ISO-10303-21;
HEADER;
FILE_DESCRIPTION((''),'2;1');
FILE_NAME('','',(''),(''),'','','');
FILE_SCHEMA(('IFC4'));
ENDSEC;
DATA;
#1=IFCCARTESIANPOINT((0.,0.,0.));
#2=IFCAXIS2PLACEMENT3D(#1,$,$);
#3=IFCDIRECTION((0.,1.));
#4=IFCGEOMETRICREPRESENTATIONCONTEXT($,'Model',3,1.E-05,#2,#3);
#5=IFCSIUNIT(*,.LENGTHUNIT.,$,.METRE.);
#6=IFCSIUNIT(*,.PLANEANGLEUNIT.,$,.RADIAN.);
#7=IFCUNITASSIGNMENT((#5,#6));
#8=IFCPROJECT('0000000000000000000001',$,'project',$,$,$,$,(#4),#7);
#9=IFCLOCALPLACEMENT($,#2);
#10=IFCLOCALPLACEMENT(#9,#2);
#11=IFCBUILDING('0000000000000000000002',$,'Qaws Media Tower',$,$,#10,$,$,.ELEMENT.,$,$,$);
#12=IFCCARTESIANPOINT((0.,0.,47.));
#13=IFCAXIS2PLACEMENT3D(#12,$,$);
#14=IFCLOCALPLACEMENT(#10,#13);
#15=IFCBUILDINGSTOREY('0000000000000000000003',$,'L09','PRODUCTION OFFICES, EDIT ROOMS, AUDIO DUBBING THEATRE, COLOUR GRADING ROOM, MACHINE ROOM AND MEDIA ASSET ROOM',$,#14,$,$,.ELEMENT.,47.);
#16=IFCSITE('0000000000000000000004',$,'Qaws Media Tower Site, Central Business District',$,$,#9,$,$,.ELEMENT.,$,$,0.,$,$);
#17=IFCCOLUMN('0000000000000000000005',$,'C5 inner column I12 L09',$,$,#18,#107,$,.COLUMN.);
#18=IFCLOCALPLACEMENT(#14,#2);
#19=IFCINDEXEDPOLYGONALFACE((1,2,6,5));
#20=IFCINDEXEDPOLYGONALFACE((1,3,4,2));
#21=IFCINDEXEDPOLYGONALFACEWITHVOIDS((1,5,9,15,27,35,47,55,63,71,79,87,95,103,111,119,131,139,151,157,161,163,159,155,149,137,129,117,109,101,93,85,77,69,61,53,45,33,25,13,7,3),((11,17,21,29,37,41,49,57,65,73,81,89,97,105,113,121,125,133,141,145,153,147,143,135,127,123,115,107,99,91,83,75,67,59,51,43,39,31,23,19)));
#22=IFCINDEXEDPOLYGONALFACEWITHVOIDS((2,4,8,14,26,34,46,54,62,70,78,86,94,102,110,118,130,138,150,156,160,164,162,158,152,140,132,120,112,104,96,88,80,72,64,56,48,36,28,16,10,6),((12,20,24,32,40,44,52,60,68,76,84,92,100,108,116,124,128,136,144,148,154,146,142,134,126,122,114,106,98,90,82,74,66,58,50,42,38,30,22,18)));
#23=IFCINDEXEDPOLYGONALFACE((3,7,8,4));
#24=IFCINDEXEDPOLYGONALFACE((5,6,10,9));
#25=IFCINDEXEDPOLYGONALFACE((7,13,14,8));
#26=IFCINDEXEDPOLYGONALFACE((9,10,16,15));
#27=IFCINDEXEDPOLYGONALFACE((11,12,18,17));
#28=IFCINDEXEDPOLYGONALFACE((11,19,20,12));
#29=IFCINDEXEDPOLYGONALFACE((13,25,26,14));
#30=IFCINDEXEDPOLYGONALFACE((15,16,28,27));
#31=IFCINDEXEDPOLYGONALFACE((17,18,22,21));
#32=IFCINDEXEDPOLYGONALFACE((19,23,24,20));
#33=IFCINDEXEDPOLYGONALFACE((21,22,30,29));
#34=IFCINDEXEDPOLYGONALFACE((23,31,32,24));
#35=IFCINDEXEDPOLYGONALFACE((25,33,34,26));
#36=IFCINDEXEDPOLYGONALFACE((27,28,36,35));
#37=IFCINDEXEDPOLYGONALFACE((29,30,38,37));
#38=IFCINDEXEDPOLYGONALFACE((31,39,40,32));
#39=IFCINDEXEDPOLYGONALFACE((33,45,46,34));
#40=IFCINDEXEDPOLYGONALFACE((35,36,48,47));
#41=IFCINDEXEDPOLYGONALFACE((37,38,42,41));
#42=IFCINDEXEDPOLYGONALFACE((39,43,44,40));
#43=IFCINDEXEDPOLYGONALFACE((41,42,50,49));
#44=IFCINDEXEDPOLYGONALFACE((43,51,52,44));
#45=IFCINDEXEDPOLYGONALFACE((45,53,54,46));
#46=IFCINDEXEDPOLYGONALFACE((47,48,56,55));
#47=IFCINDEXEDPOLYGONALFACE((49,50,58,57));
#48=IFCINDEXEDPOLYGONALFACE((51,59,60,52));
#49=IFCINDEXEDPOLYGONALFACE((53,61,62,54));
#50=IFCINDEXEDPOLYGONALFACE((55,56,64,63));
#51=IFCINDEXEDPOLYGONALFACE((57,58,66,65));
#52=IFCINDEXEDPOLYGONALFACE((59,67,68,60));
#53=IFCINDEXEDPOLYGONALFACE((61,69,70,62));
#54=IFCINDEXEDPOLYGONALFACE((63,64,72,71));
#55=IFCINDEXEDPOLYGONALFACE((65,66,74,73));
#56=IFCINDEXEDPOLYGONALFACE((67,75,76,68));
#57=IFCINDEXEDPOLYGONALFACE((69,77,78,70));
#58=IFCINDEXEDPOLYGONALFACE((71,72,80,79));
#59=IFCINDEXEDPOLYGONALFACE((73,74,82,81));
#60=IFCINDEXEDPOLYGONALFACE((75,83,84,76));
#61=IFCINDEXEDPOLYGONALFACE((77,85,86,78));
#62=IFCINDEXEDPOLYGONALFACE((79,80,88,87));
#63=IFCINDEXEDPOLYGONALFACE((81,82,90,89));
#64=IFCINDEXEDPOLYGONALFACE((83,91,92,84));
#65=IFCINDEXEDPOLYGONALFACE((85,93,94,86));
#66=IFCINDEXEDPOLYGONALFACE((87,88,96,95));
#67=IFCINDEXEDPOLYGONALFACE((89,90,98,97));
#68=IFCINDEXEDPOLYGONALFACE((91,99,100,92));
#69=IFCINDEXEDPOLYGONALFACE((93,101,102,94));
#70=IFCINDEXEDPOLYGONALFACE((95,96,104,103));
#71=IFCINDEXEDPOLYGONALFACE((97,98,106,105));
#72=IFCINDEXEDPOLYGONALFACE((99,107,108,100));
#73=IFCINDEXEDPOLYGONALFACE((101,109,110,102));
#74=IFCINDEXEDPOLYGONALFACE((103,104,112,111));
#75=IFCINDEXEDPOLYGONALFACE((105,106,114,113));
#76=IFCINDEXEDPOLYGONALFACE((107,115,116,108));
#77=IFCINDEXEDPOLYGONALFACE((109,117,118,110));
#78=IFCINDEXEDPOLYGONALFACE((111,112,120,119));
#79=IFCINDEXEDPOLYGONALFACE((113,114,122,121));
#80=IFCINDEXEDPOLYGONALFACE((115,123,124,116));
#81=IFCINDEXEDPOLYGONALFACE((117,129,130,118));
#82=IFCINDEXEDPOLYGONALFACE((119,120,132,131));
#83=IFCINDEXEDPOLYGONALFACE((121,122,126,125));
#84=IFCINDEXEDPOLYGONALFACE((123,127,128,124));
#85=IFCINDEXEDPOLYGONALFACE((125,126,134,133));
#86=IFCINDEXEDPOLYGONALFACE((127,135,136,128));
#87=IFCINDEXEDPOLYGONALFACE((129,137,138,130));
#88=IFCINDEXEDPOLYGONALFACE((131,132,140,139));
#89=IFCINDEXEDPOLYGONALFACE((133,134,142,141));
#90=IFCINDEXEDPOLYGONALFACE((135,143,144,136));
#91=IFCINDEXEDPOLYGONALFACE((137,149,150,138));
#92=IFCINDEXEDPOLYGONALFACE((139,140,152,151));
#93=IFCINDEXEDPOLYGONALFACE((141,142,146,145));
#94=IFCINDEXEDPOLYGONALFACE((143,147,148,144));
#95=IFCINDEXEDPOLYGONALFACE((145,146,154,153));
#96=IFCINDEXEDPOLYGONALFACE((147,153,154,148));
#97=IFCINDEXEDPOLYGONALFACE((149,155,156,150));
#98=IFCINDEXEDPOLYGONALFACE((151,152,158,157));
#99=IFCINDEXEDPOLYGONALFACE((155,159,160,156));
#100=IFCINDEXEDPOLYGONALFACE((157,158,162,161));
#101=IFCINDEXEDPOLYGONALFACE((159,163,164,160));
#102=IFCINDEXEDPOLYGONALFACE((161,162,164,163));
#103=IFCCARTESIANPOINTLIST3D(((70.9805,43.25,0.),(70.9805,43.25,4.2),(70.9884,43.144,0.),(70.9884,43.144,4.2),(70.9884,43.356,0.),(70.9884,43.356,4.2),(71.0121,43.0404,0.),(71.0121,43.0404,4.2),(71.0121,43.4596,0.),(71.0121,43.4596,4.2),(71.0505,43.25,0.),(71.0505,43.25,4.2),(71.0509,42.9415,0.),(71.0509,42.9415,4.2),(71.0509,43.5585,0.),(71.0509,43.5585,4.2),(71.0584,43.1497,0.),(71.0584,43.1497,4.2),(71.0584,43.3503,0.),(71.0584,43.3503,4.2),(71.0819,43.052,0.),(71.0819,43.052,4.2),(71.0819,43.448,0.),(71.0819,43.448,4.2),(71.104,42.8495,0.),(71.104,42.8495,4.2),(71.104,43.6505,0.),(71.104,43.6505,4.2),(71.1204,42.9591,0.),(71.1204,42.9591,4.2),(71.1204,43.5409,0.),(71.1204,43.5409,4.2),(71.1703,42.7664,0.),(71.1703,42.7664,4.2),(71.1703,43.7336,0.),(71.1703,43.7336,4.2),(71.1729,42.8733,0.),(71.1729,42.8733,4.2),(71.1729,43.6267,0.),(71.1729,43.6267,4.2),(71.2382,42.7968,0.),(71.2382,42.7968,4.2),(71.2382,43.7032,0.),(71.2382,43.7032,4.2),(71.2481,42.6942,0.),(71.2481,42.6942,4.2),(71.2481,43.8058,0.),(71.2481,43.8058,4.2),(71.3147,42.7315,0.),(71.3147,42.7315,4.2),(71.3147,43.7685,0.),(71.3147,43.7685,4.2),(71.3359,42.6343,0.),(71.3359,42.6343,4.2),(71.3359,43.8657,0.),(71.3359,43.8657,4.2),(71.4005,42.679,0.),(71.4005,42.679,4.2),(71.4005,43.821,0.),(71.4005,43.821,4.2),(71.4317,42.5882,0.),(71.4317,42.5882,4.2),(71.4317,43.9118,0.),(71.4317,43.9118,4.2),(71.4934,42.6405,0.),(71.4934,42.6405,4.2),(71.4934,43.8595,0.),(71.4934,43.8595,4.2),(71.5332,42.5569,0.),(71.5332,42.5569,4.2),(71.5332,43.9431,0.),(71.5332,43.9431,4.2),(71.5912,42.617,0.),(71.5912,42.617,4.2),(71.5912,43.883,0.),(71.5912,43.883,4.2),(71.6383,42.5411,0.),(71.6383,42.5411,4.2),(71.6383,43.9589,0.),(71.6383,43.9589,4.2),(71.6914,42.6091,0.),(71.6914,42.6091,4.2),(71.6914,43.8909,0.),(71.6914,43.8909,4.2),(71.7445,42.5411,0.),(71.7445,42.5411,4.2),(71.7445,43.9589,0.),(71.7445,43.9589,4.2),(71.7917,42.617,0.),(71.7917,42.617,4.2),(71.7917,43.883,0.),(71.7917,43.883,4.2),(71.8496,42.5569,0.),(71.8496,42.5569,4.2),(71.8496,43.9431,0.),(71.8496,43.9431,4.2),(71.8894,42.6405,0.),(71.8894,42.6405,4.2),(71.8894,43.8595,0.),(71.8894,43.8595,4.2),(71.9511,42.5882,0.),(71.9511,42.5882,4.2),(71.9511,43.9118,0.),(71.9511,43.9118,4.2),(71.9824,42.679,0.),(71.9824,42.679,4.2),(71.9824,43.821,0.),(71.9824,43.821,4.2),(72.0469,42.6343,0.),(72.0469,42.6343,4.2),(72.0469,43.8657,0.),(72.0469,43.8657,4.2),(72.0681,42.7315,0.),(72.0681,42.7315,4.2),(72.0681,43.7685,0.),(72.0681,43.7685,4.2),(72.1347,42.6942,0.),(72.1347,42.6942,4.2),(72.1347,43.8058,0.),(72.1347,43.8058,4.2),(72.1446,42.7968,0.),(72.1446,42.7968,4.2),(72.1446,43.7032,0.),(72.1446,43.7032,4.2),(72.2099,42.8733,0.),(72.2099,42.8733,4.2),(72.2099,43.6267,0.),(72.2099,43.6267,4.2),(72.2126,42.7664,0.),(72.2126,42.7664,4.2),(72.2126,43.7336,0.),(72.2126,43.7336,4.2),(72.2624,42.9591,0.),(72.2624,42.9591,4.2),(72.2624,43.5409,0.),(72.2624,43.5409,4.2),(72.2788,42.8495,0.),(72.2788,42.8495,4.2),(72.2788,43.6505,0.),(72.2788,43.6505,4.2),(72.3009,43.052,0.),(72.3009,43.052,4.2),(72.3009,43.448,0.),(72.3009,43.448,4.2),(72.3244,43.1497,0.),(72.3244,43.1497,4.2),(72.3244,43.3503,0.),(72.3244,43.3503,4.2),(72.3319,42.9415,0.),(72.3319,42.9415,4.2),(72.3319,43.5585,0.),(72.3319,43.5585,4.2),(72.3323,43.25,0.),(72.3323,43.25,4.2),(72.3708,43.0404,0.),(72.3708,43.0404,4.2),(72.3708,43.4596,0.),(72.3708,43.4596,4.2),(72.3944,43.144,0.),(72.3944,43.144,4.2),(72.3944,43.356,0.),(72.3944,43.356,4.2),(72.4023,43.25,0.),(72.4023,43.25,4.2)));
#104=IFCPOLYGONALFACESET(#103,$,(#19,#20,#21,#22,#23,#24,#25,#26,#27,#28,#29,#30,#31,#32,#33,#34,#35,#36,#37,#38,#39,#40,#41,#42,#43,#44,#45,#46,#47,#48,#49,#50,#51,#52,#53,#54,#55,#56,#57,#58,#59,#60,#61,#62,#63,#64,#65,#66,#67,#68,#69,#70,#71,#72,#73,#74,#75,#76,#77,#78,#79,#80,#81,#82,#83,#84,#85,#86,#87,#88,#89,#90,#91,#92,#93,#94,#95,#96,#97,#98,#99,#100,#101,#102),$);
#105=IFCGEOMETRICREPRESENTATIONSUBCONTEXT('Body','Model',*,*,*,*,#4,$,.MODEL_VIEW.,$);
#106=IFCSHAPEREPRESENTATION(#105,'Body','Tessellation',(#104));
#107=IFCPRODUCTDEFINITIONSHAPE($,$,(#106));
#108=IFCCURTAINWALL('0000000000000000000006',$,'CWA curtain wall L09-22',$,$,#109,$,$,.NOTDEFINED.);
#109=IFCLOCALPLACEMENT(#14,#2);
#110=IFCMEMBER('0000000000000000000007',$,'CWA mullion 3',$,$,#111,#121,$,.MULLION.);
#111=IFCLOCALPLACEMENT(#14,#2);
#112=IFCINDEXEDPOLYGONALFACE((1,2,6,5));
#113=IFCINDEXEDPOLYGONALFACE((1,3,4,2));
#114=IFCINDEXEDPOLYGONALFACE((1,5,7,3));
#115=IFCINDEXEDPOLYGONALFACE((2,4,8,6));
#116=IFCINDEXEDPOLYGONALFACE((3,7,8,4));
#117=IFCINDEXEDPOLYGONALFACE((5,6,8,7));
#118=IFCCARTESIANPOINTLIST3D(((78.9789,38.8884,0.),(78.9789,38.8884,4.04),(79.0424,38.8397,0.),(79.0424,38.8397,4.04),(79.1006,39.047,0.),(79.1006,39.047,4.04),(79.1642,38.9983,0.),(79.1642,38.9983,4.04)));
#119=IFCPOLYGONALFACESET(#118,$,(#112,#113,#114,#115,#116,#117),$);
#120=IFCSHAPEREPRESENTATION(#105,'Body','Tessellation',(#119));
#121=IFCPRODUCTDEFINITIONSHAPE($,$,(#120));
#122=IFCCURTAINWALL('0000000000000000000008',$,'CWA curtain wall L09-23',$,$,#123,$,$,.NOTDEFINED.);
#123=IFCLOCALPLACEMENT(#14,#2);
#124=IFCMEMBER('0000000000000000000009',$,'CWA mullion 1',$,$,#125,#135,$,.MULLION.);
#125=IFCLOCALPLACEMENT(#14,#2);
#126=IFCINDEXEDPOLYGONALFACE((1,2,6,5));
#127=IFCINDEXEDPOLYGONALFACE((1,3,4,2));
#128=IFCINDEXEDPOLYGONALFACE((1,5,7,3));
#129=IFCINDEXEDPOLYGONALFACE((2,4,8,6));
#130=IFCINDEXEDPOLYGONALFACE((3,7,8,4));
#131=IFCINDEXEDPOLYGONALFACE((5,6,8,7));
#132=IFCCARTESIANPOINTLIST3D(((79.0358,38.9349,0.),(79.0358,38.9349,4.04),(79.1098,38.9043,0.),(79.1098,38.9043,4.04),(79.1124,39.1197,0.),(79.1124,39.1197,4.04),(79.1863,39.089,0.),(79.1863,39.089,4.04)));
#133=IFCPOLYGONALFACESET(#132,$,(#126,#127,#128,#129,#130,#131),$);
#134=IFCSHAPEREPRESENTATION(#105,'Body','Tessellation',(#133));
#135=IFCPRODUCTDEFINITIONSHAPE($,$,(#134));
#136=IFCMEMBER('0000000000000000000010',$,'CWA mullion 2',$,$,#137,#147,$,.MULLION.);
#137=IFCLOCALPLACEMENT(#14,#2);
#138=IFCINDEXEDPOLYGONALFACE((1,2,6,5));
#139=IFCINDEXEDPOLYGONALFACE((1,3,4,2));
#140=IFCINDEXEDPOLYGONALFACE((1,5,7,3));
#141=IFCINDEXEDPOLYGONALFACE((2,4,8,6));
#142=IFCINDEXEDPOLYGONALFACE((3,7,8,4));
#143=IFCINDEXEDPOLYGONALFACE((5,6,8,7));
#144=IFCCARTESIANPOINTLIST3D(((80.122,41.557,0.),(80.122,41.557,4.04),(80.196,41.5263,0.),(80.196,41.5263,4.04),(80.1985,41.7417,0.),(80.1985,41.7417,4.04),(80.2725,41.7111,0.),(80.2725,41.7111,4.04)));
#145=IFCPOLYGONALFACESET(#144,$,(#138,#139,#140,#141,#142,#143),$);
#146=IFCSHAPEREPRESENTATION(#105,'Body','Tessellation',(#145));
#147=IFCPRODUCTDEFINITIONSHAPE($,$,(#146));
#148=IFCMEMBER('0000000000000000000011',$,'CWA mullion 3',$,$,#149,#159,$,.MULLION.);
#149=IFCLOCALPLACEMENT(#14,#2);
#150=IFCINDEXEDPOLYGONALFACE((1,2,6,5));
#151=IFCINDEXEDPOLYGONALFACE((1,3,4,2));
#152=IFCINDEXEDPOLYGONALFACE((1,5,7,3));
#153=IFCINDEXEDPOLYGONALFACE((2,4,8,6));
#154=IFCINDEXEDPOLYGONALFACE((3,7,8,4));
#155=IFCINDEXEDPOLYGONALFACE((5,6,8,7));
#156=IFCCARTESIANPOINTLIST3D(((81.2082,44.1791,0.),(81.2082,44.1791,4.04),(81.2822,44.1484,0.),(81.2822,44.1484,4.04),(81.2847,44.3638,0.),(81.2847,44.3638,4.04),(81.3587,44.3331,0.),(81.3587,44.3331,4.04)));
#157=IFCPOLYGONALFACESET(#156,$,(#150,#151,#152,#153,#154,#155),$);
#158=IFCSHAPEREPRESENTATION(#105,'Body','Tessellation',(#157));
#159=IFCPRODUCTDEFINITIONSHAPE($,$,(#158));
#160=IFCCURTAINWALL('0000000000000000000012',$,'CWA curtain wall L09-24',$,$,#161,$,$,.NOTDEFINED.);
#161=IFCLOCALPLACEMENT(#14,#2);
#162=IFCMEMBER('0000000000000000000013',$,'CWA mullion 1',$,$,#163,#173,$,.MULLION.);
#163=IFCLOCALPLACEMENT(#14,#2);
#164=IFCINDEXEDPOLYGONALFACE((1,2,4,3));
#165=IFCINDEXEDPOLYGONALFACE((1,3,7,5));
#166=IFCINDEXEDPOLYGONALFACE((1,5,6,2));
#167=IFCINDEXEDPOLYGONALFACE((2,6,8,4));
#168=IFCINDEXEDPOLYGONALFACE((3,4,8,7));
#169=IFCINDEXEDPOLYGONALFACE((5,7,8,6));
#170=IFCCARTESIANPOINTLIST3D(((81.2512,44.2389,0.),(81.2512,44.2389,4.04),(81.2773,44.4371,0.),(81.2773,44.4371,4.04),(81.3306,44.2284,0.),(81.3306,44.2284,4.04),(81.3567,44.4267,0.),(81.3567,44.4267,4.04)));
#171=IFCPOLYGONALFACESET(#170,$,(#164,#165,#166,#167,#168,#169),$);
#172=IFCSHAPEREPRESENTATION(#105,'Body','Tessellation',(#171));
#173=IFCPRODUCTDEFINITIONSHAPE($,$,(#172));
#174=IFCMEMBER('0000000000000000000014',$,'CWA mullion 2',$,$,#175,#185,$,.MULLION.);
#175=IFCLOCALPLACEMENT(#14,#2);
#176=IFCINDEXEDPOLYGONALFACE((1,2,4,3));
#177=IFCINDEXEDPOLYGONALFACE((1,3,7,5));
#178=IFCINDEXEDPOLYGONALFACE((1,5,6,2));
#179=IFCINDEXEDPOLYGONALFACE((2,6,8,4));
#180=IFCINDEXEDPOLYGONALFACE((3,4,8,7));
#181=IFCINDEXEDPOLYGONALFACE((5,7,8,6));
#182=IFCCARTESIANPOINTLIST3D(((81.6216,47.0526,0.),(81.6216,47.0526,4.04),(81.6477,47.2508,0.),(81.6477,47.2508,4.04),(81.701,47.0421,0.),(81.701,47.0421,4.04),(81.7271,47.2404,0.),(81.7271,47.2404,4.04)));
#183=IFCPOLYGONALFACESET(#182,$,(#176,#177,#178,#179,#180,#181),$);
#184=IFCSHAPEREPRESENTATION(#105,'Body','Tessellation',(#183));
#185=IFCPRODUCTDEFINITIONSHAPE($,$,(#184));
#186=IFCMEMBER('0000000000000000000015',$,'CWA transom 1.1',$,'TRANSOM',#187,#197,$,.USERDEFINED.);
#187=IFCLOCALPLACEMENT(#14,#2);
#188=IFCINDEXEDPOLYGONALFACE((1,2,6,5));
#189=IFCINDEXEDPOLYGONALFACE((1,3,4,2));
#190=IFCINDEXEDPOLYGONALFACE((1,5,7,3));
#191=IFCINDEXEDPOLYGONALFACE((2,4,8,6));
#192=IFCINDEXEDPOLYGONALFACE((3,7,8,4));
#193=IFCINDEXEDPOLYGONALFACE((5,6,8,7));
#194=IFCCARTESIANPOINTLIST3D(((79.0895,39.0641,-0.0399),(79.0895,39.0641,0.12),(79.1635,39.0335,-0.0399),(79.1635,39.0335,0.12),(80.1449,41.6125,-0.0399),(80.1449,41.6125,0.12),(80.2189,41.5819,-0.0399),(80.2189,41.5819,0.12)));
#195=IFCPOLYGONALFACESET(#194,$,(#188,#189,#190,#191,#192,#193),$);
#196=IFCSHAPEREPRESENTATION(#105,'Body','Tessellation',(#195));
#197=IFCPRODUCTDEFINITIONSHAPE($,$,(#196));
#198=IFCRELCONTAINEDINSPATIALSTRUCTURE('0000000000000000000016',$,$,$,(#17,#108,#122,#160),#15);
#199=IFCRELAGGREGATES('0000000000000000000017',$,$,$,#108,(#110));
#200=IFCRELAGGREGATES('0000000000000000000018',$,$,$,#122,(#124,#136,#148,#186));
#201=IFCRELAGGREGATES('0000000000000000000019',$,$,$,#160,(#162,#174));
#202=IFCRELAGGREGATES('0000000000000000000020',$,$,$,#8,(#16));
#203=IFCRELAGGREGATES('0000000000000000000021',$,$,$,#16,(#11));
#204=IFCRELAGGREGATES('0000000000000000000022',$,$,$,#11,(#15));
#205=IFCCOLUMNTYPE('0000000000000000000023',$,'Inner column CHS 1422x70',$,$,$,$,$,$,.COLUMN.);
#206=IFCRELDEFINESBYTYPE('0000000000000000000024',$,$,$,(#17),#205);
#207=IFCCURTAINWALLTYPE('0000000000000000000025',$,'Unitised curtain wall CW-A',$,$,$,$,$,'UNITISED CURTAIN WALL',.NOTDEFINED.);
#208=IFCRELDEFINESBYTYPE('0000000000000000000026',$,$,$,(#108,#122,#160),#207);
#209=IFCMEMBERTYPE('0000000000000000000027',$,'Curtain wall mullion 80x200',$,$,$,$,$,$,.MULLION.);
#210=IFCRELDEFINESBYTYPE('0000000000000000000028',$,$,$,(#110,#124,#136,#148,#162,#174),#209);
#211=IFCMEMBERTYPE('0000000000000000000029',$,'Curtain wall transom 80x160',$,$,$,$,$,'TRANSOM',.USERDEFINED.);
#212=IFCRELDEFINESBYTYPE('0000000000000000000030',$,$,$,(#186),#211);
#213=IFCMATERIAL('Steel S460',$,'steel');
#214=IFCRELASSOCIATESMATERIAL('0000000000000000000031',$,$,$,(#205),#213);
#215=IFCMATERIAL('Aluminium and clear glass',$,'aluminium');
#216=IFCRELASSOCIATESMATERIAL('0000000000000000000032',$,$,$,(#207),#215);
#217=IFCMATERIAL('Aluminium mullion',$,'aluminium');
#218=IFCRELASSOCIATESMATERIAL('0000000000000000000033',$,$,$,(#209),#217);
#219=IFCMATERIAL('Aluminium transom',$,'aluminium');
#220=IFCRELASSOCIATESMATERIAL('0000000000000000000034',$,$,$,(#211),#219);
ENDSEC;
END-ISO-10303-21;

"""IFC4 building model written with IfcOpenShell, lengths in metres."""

from ifc_helpers import new_model, si_unit, direction, frame, origin, origin_2d, place, context, subcontext, project, spatial, rectangle, hollow_circle, extrude, material, material_profile, profile_set, type_object, element, aggregate, save


model = new_model("IFC4")

# Units and contexts
model_context = context("Model", 3, precision=1e-05, world=origin(), true_north=direction((0.0, 1.0)))
body_context = subcontext(model_context, "Body", "Model", "MODEL_VIEW")
ifc_project = project(units=[si_unit("LENGTHUNIT", "METRE"), si_unit("PLANEANGLEUNIT", "RADIAN")], contexts=[model_context])

# Site, building, storey
site_placement = place(None, origin())
site = spatial("IfcSite", under=ifc_project, at=site_placement, Name="Qaws Media Tower Site, Central Business District", CompositionType="ELEMENT", RefElevation=0.0)
building_placement = place(site_placement, origin())
building = spatial("IfcBuilding", under=site, at=building_placement, Name="Qaws Media Tower", CompositionType="ELEMENT")
storey_placement = place(building_placement, frame((0.0, 0.0, 47.0)))
storey = spatial("IfcBuildingStorey", under=building, at=storey_placement, Name="L09", Description="PRODUCTION OFFICES, EDIT ROOMS, AUDIO DUBBING THEATRE, COLOUR GRADING ROOM, MACHINE ROOM AND MEDIA ASSET ROOM", CompositionType="ELEMENT", Elevation=47.0)

# Column
ifc_material_1 = material(Name="Steel S460", Category="steel")
ifc_material_profile_1 = material_profile(ifc_material_1, hollow_circle(Radius=0.7109, WallThickness=0.0701, at=origin_2d()), Name="CHS 1422x70")
ifc_profile_set_1 = profile_set([ifc_material_profile_1], Name="Steel S460")
column_type = type_object("IfcColumnType", Name="Inner column CHS 1422x70", PredefinedType="COLUMN", material=ifc_profile_set_1)
column_placement = place(storey_placement, frame((71.6914, 43.25, 0.0), z_axis=(0.0, 0.0, 1.0), x_axis=(1.0, 0.0, 0.0)))
element("IfcColumn", 1, at=column_placement, inside=storey, type_object=column_type, Name="C5 inner column I12 L09", PredefinedType="COLUMN", context=body_context, shape_type="SweptSolid", body=[
    extrude(hollow_circle(Radius=0.7109, WallThickness=0.0701, at=origin_2d()), origin(), (0.0, 0.0, 1.0), 4.2),
])

# Curtain wall, member
ifc_material_2 = material(Name="Aluminium and clear glass", Category="aluminium")
curtain_wall_type = type_object("IfcCurtainWallType", Name="Unitised curtain wall CW-A", ElementType="UNITISED CURTAIN WALL", PredefinedType="NOTDEFINED", material=ifc_material_2)
curtain_wall_1_placement = place(storey_placement, origin())
curtain_wall_1 = element("IfcCurtainWall", 2, at=curtain_wall_1_placement, inside=storey, type_object=curtain_wall_type, Name="CWA curtain wall L09-22", PredefinedType="NOTDEFINED")
ifc_material_3 = material(Name="Aluminium mullion", Category="aluminium")
ifc_material_profile_2 = material_profile(ifc_material_3, rectangle(XDim=0.0801, YDim=0.2, at=origin_2d()), Name="80x200")
ifc_profile_set_2 = profile_set([ifc_material_profile_2], Name="Aluminium mullion")
member_type_1 = type_object("IfcMemberType", Name="Curtain wall mullion 80x200", PredefinedType="MULLION", material=ifc_profile_set_2)
member_1_placement = place(storey_placement, frame((79.0715, 38.9434, 0.0), z_axis=(0.0, 0.0, 1.0), x_axis=(-0.793353, 0.608761, 0.0)))
member_1 = element("IfcMember", 3, at=member_1_placement, type_object=member_type_1, Name="CWA mullion 3", PredefinedType="MULLION", context=body_context, shape_type="SweptSolid", body=[
    extrude(rectangle(XDim=0.0801, YDim=0.2, at=origin_2d()), origin(), (0.0, 0.0, 1.0), 4.04),
])
aggregate(curtain_wall_1, [member_1])

# Curtain walls, members
curtain_wall_2_placement = place(storey_placement, origin())
curtain_wall_2 = element("IfcCurtainWall", 4, at=curtain_wall_2_placement, inside=storey, type_object=curtain_wall_type, Name="CWA curtain wall L09-23", PredefinedType="NOTDEFINED")
member_2_placement = place(storey_placement, frame((79.1111, 39.012, 0.0), z_axis=(0.0, 0.0, 1.0), x_axis=(-0.92388, 0.382683, 0.0)))
member_2 = element("IfcMember", 5, at=member_2_placement, type_object=member_type_1, Name="CWA mullion 1", PredefinedType="MULLION", context=body_context, shape_type="SweptSolid", body=[
    extrude(rectangle(XDim=0.0801, YDim=0.2, at=origin_2d()), origin(), (0.0, 0.0, 1.0), 4.04),
])
member_3_placement = place(storey_placement, frame((80.1973, 41.634, 0.0), z_axis=(0.0, 0.0, 1.0), x_axis=(-0.92388, 0.382683, 0.0)))
member_3 = element("IfcMember", 6, at=member_3_placement, type_object=member_type_1, Name="CWA mullion 2", PredefinedType="MULLION", context=body_context, shape_type="SweptSolid", body=[
    extrude(rectangle(XDim=0.0801, YDim=0.2, at=origin_2d()), origin(), (0.0, 0.0, 1.0), 4.04),
])
member_4_placement = place(storey_placement, frame((81.2834, 44.2561, 0.0), z_axis=(0.0, 0.0, 1.0), x_axis=(-0.92388, 0.382683, 0.0)))
member_4 = element("IfcMember", 7, at=member_4_placement, type_object=member_type_1, Name="CWA mullion 3", PredefinedType="MULLION", context=body_context, shape_type="SweptSolid", body=[
    extrude(rectangle(XDim=0.0801, YDim=0.2, at=origin_2d()), origin(), (0.0, 0.0, 1.0), 4.04),
])
curtain_wall_3_placement = place(storey_placement, origin())
curtain_wall_3 = element("IfcCurtainWall", 8, at=curtain_wall_3_placement, inside=storey, type_object=curtain_wall_type, Name="CWA curtain wall L09-24", PredefinedType="NOTDEFINED")
member_5_placement = place(storey_placement, frame((81.304, 44.3328, 0.0), z_axis=(0.0, 0.0, 1.0), x_axis=(-0.991445, 0.130526, 0.0)))
member_5 = element("IfcMember", 9, at=member_5_placement, type_object=member_type_1, Name="CWA mullion 1", PredefinedType="MULLION", context=body_context, shape_type="SweptSolid", body=[
    extrude(rectangle(XDim=0.0801, YDim=0.2, at=origin_2d()), origin(), (0.0, 0.0, 1.0), 4.04),
])
member_6_placement = place(storey_placement, frame((81.6743, 47.1465, 0.0), z_axis=(0.0, 0.0, 1.0), x_axis=(-0.991445, 0.130526, 0.0)))
member_6 = element("IfcMember", 10, at=member_6_placement, type_object=member_type_1, Name="CWA mullion 2", PredefinedType="MULLION", context=body_context, shape_type="SweptSolid", body=[
    extrude(rectangle(XDim=0.0801, YDim=0.2, at=origin_2d()), origin(), (0.0, 0.0, 1.0), 4.04),
])

# Member
ifc_material_4 = material(Name="Aluminium transom", Category="aluminium")
ifc_material_profile_3 = material_profile(ifc_material_4, rectangle(XDim=0.0801, YDim=0.1599, at=origin_2d()), Name="80x160")
ifc_profile_set_3 = profile_set([ifc_material_profile_3], Name="Aluminium transom")
member_type_2 = type_object("IfcMemberType", Name="Curtain wall transom 80x160", ElementType="TRANSOM", PredefinedType="USERDEFINED", material=ifc_profile_set_3)
member_7_placement = place(storey_placement, frame((79.1265, 39.0488, 0.04), z_axis=(0.382641, 0.923897, 0.0), x_axis=(-0.923897, 0.382641, 0.0)))
member_7 = element("IfcMember", 11, at=member_7_placement, type_object=member_type_2, Name="CWA transom 1.1", ObjectType="TRANSOM", PredefinedType="USERDEFINED", context=body_context, shape_type="SweptSolid", body=[
    extrude(rectangle(XDim=0.0801, YDim=0.1599, at=origin_2d()), origin(), (0.0, 0.0, 1.0), 2.7583),
])

aggregate(curtain_wall_2, [member_2, member_3, member_4, member_7])
aggregate(curtain_wall_3, [member_5, member_6])

save(model, "model.ifc")
